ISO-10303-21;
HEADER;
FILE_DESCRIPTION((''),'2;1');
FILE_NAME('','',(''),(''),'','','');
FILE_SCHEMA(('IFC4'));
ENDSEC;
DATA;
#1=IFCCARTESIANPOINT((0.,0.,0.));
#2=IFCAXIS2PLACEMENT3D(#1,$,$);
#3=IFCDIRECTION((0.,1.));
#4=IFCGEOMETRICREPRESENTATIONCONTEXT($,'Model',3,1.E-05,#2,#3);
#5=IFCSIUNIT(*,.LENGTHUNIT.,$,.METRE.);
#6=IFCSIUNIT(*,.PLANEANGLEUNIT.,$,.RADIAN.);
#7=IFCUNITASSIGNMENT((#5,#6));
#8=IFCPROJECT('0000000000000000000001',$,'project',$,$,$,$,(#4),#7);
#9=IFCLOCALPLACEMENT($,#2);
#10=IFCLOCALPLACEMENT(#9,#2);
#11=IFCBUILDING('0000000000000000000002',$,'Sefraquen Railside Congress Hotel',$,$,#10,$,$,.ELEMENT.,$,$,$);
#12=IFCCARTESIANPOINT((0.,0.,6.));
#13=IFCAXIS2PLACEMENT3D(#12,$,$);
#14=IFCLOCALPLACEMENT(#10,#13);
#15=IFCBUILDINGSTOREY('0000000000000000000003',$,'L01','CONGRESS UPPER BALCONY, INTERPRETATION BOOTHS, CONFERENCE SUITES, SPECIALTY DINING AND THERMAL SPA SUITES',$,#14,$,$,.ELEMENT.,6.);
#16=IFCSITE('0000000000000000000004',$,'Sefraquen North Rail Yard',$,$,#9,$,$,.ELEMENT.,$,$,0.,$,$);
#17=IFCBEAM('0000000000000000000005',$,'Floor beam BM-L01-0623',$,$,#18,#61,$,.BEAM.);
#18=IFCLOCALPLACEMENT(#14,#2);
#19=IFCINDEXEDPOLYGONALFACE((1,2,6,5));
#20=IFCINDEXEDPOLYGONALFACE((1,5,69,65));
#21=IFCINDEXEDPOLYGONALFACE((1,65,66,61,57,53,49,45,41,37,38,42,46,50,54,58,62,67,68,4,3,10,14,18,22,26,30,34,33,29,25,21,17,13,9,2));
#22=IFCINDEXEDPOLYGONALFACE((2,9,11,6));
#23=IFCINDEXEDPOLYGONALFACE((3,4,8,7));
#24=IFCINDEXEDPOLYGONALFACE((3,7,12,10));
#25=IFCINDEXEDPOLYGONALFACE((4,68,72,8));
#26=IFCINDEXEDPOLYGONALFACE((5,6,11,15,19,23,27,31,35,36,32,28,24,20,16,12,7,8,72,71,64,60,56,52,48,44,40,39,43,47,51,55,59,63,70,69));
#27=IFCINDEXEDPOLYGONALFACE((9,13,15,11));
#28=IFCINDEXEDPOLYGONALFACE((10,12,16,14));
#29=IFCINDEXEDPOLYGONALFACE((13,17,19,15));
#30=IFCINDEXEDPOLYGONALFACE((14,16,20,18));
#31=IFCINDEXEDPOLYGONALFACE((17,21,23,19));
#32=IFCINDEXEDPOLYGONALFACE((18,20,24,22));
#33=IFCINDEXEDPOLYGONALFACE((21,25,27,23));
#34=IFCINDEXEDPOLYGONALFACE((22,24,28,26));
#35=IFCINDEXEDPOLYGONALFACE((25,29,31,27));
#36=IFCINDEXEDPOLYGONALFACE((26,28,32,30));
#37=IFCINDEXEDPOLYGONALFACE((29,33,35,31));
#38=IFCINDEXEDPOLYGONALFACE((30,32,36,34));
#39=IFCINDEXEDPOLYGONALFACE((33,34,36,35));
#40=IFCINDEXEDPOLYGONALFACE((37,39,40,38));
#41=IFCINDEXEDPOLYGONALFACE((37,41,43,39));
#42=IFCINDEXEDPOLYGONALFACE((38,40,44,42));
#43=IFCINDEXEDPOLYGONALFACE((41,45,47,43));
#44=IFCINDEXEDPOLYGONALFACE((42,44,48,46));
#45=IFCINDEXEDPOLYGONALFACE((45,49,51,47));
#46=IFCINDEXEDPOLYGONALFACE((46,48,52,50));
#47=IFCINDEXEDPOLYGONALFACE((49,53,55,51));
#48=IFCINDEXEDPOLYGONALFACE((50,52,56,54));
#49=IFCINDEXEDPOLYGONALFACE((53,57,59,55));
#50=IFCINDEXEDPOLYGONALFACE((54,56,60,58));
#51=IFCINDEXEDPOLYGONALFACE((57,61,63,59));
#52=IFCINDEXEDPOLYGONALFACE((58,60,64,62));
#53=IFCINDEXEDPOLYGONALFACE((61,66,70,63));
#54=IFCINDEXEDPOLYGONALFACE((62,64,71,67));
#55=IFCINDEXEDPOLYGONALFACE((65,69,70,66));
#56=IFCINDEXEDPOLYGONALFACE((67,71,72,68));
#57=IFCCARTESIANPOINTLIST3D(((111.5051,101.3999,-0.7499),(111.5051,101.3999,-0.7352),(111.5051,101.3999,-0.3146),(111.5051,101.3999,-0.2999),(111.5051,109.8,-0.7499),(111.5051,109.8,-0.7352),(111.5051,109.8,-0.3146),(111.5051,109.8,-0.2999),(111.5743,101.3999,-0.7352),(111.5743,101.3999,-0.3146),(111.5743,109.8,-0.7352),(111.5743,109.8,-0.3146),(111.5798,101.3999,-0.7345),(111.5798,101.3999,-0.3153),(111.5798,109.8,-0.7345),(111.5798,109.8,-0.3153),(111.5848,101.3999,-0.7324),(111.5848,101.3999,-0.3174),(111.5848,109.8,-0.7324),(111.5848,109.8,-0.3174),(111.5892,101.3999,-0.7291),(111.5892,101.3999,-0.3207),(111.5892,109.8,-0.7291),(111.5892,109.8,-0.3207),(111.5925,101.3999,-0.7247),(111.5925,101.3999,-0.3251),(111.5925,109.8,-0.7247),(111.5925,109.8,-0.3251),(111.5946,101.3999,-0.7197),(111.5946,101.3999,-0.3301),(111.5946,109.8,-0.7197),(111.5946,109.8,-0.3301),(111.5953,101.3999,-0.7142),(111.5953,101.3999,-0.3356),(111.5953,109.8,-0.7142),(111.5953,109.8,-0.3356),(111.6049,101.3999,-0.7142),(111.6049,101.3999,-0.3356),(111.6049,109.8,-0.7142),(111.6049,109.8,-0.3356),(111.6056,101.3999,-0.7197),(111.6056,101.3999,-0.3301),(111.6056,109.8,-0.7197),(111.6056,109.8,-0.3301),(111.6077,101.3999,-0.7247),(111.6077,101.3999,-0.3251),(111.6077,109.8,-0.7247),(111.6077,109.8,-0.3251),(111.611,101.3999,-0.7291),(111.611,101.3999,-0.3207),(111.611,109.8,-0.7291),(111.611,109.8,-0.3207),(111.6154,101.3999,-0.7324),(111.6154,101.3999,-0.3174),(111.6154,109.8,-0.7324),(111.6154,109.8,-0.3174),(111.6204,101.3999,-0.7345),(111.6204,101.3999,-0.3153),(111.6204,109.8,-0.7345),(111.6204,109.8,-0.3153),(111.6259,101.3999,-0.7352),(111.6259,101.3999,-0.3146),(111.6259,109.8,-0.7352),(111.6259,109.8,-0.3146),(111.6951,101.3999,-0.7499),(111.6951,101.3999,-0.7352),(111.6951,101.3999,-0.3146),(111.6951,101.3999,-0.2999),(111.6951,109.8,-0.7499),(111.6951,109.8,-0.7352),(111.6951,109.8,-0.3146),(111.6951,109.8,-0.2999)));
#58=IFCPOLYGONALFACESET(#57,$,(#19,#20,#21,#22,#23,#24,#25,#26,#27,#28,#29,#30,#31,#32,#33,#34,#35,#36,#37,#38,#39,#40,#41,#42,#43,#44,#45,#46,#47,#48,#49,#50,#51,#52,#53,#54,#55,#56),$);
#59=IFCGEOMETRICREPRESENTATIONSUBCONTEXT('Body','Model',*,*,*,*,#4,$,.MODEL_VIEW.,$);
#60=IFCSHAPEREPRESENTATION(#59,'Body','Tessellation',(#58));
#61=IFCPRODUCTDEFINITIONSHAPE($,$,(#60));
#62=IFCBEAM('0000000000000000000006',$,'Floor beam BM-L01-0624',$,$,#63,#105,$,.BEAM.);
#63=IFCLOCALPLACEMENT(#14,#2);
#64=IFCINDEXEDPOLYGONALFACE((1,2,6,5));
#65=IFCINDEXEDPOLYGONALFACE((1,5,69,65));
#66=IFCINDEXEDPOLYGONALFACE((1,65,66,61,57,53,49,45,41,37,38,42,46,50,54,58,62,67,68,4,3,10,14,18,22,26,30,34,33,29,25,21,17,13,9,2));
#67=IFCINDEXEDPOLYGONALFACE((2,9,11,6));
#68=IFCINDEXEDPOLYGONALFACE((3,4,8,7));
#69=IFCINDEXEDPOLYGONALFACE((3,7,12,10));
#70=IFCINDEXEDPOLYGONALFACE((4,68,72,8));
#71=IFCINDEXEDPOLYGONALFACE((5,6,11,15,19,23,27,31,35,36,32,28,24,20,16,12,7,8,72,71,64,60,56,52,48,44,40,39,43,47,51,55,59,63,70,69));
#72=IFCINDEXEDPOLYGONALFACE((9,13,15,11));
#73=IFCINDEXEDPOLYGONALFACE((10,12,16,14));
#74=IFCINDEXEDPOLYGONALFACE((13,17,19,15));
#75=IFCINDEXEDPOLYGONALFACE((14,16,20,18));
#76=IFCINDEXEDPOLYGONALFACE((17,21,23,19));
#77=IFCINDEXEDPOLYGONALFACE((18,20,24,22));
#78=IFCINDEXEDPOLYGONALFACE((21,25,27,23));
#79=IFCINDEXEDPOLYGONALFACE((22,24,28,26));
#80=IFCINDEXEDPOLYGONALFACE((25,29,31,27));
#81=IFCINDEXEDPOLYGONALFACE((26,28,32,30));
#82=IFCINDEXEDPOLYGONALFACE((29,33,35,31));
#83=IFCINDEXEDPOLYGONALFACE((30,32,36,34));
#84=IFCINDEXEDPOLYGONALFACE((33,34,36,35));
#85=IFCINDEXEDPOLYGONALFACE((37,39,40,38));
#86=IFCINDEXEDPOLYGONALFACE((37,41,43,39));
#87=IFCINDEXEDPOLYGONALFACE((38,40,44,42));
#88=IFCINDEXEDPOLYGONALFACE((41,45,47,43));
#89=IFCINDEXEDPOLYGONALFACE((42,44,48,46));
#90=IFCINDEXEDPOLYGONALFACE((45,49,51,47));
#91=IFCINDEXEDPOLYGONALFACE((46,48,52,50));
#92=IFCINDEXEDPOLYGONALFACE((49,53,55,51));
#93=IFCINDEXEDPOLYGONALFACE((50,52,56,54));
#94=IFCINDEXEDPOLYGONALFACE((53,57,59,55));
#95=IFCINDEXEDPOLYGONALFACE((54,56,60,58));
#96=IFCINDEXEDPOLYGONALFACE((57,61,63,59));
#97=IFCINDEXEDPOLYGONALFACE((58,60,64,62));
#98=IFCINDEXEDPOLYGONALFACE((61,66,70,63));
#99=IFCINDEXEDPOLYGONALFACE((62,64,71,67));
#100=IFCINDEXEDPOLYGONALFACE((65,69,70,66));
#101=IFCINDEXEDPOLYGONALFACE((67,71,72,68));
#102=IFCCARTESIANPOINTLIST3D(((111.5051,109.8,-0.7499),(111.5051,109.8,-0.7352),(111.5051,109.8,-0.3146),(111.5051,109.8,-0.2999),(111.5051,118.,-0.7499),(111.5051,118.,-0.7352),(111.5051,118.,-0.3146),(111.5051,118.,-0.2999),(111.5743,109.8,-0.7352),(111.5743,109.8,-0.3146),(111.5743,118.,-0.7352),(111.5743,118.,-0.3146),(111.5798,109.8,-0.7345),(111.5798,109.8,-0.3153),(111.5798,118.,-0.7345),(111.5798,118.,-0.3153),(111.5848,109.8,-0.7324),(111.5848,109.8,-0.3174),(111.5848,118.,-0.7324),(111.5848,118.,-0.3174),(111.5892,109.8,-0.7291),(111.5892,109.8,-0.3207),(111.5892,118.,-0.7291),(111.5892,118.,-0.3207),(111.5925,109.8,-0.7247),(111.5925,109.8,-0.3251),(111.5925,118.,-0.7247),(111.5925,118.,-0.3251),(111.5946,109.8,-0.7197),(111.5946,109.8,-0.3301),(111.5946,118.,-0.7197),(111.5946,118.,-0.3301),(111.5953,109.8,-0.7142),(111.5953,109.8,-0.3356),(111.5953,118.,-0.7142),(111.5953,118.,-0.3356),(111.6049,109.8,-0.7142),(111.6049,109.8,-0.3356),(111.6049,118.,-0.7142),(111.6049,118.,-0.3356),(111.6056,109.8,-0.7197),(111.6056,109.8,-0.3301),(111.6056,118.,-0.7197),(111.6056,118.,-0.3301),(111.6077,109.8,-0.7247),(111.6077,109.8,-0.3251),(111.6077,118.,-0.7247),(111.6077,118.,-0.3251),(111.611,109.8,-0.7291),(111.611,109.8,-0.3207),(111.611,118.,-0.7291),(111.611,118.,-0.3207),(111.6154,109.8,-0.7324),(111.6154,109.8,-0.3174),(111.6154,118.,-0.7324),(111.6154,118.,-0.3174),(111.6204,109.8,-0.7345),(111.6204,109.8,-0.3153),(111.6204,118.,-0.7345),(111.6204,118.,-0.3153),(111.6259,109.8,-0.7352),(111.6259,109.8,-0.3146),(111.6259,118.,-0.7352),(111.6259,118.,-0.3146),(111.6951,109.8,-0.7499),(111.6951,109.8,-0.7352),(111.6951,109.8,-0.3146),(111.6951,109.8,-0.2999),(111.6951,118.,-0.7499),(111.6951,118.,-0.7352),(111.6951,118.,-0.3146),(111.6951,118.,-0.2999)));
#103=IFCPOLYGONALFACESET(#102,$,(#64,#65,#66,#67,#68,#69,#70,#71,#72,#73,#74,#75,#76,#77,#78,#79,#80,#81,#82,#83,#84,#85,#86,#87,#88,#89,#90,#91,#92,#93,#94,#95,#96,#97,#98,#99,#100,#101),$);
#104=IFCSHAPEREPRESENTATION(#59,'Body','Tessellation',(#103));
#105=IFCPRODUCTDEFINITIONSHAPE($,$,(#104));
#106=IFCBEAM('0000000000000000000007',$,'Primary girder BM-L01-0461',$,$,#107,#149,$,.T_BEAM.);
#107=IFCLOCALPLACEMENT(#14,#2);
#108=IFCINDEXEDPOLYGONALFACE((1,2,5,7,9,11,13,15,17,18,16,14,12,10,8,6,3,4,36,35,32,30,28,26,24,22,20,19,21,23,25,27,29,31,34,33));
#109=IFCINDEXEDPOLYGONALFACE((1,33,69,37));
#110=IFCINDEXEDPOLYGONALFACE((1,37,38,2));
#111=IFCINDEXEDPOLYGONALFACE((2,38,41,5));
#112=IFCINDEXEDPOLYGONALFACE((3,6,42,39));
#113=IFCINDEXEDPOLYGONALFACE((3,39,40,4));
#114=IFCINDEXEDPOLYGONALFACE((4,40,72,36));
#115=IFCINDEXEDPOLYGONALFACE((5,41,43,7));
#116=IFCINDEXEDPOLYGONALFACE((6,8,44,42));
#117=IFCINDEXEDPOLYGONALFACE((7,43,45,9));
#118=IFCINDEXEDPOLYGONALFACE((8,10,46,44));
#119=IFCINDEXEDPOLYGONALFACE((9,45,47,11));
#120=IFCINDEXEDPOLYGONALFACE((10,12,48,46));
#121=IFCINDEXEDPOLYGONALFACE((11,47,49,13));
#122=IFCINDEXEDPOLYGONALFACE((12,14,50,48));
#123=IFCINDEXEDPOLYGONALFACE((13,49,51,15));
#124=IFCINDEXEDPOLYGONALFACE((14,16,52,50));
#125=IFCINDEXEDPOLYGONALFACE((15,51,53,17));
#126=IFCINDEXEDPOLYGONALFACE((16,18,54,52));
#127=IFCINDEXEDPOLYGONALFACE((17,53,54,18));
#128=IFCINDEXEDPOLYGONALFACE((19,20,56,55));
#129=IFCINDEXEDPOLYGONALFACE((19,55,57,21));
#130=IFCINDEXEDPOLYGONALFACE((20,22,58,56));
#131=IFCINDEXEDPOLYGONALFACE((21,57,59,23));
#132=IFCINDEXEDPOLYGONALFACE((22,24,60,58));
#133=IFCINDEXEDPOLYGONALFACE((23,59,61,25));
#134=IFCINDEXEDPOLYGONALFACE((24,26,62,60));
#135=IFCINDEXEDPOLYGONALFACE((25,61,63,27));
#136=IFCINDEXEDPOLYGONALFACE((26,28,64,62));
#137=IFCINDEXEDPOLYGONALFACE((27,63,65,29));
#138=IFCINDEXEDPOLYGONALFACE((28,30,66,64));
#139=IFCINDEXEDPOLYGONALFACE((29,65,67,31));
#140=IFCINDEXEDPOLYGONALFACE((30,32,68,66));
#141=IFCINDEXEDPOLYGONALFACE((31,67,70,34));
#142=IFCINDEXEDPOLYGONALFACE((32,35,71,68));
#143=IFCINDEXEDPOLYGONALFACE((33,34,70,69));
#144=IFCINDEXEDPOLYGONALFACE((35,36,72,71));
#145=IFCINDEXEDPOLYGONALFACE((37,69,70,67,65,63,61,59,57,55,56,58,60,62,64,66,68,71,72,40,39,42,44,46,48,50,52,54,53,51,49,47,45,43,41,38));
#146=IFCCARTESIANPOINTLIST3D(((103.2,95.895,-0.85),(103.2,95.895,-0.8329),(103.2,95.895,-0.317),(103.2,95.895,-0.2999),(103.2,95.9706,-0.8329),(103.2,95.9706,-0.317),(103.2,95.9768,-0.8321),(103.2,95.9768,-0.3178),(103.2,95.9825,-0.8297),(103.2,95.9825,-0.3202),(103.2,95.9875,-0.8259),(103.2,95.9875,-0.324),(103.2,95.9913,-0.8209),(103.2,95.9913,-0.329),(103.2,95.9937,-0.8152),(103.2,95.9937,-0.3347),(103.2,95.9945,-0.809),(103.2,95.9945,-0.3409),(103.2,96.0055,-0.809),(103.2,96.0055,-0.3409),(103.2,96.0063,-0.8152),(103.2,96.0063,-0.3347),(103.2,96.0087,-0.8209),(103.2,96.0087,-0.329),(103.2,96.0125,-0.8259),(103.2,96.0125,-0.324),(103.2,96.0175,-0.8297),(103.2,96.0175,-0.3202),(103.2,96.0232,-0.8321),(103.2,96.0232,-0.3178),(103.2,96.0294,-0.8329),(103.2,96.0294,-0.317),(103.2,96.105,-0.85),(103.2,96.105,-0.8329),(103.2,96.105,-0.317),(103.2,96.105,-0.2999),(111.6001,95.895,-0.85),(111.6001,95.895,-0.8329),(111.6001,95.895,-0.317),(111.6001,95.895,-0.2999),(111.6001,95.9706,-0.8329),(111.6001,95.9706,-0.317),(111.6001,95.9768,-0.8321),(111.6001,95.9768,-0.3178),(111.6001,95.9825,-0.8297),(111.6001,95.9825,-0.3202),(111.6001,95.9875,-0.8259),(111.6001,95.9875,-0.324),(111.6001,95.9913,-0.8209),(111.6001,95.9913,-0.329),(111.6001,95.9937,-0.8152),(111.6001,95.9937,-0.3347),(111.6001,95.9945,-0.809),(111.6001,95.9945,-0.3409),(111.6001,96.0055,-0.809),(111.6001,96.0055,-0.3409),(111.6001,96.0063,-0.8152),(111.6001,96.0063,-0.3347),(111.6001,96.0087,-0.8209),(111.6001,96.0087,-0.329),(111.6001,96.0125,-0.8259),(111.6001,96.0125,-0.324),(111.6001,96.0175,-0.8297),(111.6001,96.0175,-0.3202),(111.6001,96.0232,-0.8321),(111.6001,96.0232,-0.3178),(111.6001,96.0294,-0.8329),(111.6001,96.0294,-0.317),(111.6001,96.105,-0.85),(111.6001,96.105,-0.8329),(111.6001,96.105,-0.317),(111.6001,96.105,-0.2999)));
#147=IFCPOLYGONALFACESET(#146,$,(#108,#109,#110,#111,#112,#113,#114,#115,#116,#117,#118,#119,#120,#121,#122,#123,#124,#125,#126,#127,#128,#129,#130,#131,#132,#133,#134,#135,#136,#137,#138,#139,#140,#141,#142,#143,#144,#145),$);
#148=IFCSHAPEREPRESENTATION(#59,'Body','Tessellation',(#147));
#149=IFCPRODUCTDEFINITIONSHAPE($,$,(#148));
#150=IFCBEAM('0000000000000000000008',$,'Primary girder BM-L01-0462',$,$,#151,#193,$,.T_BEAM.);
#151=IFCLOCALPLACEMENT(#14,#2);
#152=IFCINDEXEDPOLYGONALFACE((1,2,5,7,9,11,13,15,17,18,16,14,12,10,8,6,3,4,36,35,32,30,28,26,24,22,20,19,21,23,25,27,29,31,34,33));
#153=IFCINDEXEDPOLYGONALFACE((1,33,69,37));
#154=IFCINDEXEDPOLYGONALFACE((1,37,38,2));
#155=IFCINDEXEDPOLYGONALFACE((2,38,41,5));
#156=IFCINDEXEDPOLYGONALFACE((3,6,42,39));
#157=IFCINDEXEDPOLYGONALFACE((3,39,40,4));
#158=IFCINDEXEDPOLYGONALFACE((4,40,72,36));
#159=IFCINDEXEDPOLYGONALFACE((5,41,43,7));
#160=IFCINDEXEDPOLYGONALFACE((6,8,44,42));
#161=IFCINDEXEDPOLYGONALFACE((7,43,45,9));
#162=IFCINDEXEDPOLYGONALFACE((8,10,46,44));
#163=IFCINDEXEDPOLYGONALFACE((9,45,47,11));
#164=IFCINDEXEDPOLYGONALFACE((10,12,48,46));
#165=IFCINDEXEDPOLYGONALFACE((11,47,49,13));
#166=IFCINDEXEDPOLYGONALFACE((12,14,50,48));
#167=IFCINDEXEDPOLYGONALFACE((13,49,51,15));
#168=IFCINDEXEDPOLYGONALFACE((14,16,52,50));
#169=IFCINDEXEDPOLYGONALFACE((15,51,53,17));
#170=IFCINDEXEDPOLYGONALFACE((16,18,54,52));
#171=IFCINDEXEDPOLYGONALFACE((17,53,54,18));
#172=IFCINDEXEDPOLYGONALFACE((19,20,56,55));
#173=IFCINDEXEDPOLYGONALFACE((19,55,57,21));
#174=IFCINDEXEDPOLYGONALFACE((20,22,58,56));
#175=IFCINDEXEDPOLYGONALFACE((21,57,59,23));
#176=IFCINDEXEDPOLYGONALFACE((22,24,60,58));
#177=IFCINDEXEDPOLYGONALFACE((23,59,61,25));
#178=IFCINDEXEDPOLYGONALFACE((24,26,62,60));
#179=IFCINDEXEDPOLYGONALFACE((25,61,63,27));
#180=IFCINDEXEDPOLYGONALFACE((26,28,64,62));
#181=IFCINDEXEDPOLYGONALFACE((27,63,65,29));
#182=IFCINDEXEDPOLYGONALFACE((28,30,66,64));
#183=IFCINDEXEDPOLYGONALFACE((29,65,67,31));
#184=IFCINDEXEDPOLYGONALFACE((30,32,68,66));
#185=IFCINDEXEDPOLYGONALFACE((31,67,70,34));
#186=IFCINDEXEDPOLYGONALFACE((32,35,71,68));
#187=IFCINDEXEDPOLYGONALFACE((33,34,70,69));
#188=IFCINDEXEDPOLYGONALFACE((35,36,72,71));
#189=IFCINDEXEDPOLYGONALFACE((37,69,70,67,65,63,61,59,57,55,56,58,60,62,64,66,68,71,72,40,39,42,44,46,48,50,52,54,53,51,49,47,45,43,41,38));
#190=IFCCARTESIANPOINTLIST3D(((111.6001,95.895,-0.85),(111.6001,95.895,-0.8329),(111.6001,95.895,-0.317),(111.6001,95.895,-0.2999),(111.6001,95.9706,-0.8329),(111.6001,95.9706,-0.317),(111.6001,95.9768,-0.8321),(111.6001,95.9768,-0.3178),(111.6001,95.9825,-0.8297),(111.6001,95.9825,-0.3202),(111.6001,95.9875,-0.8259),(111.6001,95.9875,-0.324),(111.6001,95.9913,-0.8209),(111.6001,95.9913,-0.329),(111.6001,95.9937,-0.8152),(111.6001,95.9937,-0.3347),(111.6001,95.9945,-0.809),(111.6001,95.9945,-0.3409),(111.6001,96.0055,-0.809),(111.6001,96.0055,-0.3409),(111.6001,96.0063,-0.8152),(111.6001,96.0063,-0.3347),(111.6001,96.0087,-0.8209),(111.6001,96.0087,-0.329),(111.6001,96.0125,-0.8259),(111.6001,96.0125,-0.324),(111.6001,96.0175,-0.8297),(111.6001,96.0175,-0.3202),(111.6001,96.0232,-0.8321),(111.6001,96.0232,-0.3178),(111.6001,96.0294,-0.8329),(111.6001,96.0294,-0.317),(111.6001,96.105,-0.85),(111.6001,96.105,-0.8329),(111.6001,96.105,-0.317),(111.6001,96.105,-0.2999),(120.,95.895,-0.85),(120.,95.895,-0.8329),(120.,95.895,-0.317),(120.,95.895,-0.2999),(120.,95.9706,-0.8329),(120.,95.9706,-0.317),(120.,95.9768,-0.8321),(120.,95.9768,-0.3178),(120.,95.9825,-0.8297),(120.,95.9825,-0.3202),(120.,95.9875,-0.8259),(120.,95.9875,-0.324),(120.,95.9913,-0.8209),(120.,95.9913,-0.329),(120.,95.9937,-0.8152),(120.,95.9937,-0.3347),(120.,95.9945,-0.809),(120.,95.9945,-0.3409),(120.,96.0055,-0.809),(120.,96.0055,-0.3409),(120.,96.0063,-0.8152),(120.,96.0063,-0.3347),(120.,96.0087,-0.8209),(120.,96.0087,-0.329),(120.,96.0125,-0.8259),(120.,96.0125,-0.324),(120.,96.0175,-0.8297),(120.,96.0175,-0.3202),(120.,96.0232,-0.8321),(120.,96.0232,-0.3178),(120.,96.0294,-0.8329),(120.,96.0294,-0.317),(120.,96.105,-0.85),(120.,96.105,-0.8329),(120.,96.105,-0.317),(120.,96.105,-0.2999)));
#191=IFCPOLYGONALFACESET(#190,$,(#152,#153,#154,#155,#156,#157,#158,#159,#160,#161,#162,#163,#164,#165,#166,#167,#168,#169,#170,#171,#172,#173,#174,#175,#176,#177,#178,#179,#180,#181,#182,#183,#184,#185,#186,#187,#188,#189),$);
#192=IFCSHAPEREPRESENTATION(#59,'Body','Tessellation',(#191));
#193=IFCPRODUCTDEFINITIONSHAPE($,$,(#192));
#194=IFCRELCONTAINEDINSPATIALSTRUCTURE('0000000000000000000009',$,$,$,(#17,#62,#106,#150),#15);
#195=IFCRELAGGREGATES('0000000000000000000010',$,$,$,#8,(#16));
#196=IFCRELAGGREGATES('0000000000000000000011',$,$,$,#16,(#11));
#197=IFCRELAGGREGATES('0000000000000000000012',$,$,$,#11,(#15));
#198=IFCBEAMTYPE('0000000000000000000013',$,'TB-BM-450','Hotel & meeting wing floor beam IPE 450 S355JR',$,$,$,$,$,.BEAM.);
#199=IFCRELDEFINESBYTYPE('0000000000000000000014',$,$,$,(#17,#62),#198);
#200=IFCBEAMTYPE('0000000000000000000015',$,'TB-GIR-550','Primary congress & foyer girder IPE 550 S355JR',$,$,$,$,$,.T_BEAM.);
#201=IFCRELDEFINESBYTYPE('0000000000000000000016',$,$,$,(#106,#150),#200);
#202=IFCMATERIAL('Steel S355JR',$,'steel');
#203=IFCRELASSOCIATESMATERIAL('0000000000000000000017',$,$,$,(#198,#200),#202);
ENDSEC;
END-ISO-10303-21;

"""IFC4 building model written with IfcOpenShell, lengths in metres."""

from ifc_helpers import new_model, si_unit, direction, frame, origin, origin_2d, place, context, subcontext, project, spatial, i_section, extrude, material, material_profile, profile_set, type_object, element, save


model = new_model("IFC4")

# Units and contexts
model_context = context("Model", 3, precision=1e-05, world=origin(), true_north=direction((0.0, 1.0)))
body_context = subcontext(model_context, "Body", "Model", "MODEL_VIEW")
ifc_project = project(units=[si_unit("LENGTHUNIT", "METRE"), si_unit("PLANEANGLEUNIT", "RADIAN")], contexts=[model_context])

# Site, building, storey
site_placement = place(None, origin())
site = spatial("IfcSite", under=ifc_project, at=site_placement, Name="Sefraquen North Rail Yard", CompositionType="ELEMENT", RefElevation=0.0)
building_placement = place(site_placement, origin())
building = spatial("IfcBuilding", under=site, at=building_placement, Name="Sefraquen Railside Congress Hotel", CompositionType="ELEMENT")
storey_placement = place(building_placement, frame((0.0, 0.0, 6.0)))
storey = spatial("IfcBuildingStorey", under=building, at=storey_placement, Name="L01", Description="CONGRESS UPPER BALCONY, INTERPRETATION BOOTHS, CONFERENCE SUITES, SPECIALTY DINING AND THERMAL SPA SUITES", CompositionType="ELEMENT", Elevation=6.0)

# Shared definitions
ifc_material_1 = material(Name="Steel S355JR", Category="steel")

# Beams
ifc_material_profile_1 = material_profile(ifc_material_1, i_section(OverallWidth=0.1899, OverallDepth=0.45, WebThickness=0.0095, FlangeThickness=0.0146, FilletRadius=0.021, at=origin_2d()), Name="IPE 450")
ifc_profile_set_1 = profile_set([ifc_material_profile_1], Name="Steel S355JR")
beam_type_1 = type_object("IfcBeamType", Name="TB-BM-450", Description="Hotel & meeting wing floor beam IPE 450 S355JR", PredefinedType="BEAM", material=ifc_profile_set_1)
beam_1_placement = place(storey_placement, frame((111.6001, 101.3999, -0.5249), z_axis=(0.0, 1.0, 0.0), x_axis=(-1.0, 0.0, 0.0)))
element("IfcBeam", 1, at=beam_1_placement, inside=storey, type_object=beam_type_1, Name="Floor beam BM-L01-0623", PredefinedType="BEAM", context=body_context, shape_type="SweptSolid", body=[
    extrude(i_section(OverallWidth=0.1899, OverallDepth=0.45, WebThickness=0.0095, FlangeThickness=0.0146, FilletRadius=0.021, at=origin_2d()), origin(), (0.0, 0.0, 1.0), 8.4001),
])
beam_2_placement = place(storey_placement, frame((111.6001, 109.8, -0.5249), z_axis=(0.0, 1.0, 0.0), x_axis=(-1.0, 0.0, 0.0)))
element("IfcBeam", 2, at=beam_2_placement, inside=storey, type_object=beam_type_1, Name="Floor beam BM-L01-0624", PredefinedType="BEAM", context=body_context, shape_type="SweptSolid", body=[
    extrude(i_section(OverallWidth=0.1899, OverallDepth=0.45, WebThickness=0.0095, FlangeThickness=0.0146, FilletRadius=0.021, at=origin_2d()), origin(), (0.0, 0.0, 1.0), 8.2),
])
ifc_material_profile_2 = material_profile(ifc_material_1, i_section(OverallWidth=0.21, OverallDepth=0.55, WebThickness=0.011, FlangeThickness=0.0171, FilletRadius=0.0239, at=origin_2d()), Name="IPE 550")
ifc_profile_set_2 = profile_set([ifc_material_profile_2], Name="Steel S355JR")
beam_type_2 = type_object("IfcBeamType", Name="TB-GIR-550", Description="Primary congress & foyer girder IPE 550 S355JR", PredefinedType="T_BEAM", material=ifc_profile_set_2)
beam_3_placement = place(storey_placement, frame((103.2, 96.0, -0.575), z_axis=(1.0, 0.0, 0.0), x_axis=(0.0, 1.0, 0.0)))
element("IfcBeam", 3, at=beam_3_placement, inside=storey, type_object=beam_type_2, Name="Primary girder BM-L01-0461", PredefinedType="T_BEAM", context=body_context, shape_type="SweptSolid", body=[
    extrude(i_section(OverallWidth=0.21, OverallDepth=0.55, WebThickness=0.011, FlangeThickness=0.0171, FilletRadius=0.0239, at=origin_2d()), origin(), (0.0, 0.0, 1.0), 8.4001),
])
beam_4_placement = place(storey_placement, frame((111.6001, 96.0, -0.575), z_axis=(1.0, 0.0, 0.0), x_axis=(0.0, 1.0, 0.0)))
element("IfcBeam", 4, at=beam_4_placement, inside=storey, type_object=beam_type_2, Name="Primary girder BM-L01-0462", PredefinedType="T_BEAM", context=body_context, shape_type="SweptSolid", body=[
    extrude(i_section(OverallWidth=0.21, OverallDepth=0.55, WebThickness=0.011, FlangeThickness=0.0171, FilletRadius=0.0239, at=origin_2d()), origin(), (0.0, 0.0, 1.0), 8.3999),
])

save(model, "model.ifc")
